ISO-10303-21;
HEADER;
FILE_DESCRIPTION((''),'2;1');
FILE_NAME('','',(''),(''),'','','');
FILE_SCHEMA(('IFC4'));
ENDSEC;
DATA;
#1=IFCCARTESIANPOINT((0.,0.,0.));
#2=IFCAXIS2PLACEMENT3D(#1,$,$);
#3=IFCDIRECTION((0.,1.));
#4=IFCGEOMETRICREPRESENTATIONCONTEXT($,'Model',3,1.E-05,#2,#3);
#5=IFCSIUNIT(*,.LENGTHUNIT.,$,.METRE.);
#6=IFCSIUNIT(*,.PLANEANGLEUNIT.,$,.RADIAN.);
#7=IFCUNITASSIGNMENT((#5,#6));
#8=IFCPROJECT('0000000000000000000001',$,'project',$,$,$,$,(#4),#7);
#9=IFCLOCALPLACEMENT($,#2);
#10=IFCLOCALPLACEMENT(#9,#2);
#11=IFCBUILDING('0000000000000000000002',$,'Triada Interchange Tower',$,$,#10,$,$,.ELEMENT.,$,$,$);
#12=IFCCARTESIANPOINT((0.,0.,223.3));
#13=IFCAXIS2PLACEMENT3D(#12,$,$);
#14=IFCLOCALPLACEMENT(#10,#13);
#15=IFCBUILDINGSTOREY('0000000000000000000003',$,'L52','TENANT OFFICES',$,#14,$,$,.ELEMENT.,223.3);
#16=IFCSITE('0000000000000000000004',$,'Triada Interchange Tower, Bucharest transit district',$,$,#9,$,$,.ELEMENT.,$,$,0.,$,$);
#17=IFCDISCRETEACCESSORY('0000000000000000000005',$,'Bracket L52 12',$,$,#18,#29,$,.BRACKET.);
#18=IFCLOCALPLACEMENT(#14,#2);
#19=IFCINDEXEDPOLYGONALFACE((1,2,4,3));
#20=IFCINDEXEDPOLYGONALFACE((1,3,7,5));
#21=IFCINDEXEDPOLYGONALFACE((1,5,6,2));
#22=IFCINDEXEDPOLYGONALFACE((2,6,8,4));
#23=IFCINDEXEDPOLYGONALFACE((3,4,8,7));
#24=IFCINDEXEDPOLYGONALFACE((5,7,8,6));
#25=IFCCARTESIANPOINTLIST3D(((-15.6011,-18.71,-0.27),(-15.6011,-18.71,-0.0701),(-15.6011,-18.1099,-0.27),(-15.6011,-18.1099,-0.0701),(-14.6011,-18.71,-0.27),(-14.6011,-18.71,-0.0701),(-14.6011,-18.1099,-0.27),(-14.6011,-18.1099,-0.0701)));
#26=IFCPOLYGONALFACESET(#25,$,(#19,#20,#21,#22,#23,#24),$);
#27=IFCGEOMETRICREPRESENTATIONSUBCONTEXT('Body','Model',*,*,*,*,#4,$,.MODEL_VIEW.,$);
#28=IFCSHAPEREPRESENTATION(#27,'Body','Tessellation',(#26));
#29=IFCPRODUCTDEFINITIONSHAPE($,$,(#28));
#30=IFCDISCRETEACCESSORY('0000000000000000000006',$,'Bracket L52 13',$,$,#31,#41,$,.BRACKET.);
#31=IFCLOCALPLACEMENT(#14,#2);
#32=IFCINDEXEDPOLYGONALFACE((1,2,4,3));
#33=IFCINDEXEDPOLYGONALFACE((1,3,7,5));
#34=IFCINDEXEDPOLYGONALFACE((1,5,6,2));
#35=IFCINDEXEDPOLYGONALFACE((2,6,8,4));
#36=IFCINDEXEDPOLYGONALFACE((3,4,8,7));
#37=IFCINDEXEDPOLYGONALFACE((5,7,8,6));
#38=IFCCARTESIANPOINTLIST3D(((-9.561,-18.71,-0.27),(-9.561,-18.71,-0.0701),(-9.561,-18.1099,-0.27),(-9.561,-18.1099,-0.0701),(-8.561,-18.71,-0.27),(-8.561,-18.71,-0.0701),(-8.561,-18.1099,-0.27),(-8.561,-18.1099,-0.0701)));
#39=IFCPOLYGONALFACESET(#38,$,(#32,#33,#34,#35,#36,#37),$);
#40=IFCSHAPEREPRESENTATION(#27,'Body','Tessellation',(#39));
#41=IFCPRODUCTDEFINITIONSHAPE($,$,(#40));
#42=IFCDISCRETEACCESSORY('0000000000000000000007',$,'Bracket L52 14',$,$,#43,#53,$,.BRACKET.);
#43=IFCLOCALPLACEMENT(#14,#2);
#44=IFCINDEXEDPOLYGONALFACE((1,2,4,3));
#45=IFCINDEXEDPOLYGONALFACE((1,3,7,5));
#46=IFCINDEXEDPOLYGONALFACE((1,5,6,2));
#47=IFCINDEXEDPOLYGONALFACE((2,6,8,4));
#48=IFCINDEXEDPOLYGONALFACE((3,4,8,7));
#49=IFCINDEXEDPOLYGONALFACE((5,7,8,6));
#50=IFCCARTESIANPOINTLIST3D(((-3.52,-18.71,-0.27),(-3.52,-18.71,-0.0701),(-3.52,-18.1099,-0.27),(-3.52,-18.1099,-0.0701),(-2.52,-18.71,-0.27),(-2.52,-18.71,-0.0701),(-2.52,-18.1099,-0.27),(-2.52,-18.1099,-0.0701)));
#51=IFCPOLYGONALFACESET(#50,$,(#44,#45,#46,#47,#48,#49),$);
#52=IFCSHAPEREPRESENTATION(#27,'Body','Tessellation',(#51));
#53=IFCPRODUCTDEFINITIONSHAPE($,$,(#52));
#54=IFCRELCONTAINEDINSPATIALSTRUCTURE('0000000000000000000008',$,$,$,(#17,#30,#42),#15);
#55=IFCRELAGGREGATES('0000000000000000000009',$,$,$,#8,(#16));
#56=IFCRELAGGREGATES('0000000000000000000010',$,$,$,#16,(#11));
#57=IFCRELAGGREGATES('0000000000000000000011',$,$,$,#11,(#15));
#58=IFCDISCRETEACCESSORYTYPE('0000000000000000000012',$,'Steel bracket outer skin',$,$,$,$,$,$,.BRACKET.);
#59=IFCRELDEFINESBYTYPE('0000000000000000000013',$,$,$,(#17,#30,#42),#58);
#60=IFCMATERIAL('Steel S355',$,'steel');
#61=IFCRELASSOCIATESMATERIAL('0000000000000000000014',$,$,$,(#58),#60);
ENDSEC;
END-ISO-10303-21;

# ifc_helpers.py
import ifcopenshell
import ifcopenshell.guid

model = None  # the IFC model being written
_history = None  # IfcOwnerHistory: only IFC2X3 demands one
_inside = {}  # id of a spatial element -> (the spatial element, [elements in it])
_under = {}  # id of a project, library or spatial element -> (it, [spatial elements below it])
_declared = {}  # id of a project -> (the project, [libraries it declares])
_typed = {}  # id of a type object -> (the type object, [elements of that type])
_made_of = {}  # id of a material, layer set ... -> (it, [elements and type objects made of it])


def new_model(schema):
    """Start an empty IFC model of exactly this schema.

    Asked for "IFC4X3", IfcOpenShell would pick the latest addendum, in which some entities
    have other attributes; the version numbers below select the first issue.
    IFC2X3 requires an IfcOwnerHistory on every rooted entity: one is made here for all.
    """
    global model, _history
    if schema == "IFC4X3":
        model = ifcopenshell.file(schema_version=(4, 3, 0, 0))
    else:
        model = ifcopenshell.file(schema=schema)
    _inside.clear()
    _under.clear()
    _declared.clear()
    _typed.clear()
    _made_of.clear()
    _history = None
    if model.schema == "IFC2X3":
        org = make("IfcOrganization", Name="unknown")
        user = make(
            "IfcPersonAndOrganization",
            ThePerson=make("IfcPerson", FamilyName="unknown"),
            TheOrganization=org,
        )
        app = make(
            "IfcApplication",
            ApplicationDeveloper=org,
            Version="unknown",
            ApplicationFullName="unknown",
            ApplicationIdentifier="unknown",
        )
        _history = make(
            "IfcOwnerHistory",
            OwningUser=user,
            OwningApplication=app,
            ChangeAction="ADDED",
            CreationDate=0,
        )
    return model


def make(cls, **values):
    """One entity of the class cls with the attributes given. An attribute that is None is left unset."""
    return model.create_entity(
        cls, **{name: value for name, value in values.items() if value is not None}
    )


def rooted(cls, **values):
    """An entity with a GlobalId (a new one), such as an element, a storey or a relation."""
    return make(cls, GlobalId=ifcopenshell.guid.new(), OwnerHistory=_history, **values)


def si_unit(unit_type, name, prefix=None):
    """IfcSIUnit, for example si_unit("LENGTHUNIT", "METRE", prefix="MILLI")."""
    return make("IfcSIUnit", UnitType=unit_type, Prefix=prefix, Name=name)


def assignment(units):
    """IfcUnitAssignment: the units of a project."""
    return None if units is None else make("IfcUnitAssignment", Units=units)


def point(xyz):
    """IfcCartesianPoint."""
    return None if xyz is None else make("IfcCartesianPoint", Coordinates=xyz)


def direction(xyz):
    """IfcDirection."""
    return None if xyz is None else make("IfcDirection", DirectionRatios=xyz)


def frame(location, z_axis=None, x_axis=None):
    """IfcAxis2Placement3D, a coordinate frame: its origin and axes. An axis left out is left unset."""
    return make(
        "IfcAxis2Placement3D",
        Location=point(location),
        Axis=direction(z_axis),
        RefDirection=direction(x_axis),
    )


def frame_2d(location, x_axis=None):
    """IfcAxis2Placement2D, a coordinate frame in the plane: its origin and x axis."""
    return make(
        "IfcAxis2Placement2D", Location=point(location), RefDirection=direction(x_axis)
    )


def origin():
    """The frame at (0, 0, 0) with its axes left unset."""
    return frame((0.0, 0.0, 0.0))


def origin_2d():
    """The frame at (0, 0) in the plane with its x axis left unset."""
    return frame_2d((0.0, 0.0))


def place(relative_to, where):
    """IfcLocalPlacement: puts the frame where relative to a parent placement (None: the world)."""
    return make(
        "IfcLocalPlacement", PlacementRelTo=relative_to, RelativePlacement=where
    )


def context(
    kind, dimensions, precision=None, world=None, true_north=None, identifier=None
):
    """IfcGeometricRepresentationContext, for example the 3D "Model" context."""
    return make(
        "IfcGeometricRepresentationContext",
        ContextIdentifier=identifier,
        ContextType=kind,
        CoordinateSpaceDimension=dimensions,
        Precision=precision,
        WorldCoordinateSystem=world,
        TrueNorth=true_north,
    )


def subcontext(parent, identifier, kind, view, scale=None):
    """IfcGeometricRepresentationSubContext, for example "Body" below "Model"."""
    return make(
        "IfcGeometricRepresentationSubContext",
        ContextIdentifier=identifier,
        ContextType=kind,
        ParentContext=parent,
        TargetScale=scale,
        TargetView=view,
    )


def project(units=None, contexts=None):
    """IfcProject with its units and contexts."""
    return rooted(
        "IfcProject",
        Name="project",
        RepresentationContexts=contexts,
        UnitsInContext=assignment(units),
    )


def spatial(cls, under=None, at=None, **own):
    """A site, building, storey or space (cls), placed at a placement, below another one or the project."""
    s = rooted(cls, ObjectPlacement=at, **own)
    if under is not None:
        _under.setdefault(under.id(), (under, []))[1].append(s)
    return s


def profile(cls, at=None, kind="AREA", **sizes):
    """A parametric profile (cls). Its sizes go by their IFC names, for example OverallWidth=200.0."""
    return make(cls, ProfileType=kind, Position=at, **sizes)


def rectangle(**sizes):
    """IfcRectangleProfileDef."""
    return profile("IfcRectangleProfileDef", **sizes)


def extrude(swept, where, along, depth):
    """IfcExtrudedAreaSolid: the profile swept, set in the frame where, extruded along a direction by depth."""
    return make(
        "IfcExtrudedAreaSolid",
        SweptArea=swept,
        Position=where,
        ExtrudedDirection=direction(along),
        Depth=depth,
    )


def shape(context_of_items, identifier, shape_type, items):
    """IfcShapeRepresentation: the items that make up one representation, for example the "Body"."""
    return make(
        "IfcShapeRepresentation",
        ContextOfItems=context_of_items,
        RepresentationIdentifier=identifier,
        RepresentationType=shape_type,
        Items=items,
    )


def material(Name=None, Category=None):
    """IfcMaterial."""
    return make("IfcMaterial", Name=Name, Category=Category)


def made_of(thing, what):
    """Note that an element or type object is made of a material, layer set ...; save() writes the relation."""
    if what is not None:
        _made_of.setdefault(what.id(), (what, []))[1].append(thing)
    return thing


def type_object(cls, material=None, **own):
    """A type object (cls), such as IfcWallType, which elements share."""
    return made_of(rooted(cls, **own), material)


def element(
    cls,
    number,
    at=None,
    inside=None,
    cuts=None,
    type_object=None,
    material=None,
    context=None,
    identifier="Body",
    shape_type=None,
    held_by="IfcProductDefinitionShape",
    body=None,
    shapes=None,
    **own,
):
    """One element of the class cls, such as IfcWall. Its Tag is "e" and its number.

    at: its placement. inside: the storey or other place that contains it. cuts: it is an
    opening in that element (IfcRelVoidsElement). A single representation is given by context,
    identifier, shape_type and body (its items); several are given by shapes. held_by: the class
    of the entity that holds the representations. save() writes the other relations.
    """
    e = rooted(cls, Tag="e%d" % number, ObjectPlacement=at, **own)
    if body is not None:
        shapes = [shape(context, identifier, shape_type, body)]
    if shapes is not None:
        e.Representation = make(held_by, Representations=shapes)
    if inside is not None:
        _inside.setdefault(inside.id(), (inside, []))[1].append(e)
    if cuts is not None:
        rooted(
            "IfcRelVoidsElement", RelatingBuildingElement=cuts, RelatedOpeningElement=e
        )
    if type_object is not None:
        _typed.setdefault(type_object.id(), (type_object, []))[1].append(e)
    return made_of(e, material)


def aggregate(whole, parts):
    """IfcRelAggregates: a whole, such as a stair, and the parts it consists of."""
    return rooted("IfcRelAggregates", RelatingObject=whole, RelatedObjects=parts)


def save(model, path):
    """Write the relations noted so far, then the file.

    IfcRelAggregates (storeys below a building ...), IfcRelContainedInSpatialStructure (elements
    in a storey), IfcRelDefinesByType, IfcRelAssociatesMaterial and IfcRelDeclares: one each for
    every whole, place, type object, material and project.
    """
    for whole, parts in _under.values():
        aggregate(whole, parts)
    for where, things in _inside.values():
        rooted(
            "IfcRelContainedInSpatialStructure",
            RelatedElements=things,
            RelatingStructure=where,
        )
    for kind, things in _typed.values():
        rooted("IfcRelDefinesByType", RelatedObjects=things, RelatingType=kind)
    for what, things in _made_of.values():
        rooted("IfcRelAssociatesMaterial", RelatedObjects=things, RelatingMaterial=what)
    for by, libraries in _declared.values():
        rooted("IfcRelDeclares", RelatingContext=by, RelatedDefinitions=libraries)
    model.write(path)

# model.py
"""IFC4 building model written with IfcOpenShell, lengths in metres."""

from ifc_helpers import new_model, si_unit, direction, frame, origin, origin_2d, place, context, subcontext, project, spatial, rectangle, extrude, material, type_object, element, save


model = new_model("IFC4")

# Units and contexts
model_context = context("Model", 3, precision=1e-05, world=origin(), true_north=direction((0.0, 1.0)))
body_context = subcontext(model_context, "Body", "Model", "MODEL_VIEW")
ifc_project = project(units=[si_unit("LENGTHUNIT", "METRE"), si_unit("PLANEANGLEUNIT", "RADIAN")], contexts=[model_context])

# Site, building, storey
site_placement = place(None, origin())
site = spatial("IfcSite", under=ifc_project, at=site_placement, Name="Triada Interchange Tower, Bucharest transit district", CompositionType="ELEMENT", RefElevation=0.0)
building_placement = place(site_placement, origin())
building = spatial("IfcBuilding", under=site, at=building_placement, Name="Triada Interchange Tower", CompositionType="ELEMENT")
storey_placement = place(building_placement, frame((0.0, 0.0, 223.3)))
storey = spatial("IfcBuildingStorey", under=building, at=storey_placement, Name="L52", Description="TENANT OFFICES", CompositionType="ELEMENT", Elevation=223.3)

# Discrete accessories
ifc_material_1 = material(Name="Steel S355", Category="steel")
discrete_accessory_type = type_object("IfcDiscreteAccessoryType", Name="Steel bracket outer skin", PredefinedType="BRACKET", material=ifc_material_1)
for number, where, z_axis, x_axis, name in (
    (1, (-15.1011, -18.4099, -0.27), (0.0, 0.0, 1.0), (0.0, -1.0, 0.0), "Bracket L52 12"),
    (2, (-9.061, -18.4099, -0.27), (0.0, 0.0, 1.0), (0.0, -1.0, 0.0), "Bracket L52 13"),
    (3, (-3.02, -18.4099, -0.27), (0.0, 0.0, 1.0), (0.0, -1.0, 0.0), "Bracket L52 14"),
):
    element("IfcDiscreteAccessory", number, at=place(storey_placement, frame(where, z_axis=z_axis, x_axis=x_axis)), inside=storey, type_object=discrete_accessory_type, Name=name, PredefinedType="BRACKET", context=body_context, shape_type="SweptSolid", body=[
        extrude(rectangle(XDim=0.6001, YDim=1.0, at=origin_2d()), origin(), (0.0, 0.0, 1.0), 0.2),
    ])

save(model, "model.ifc")
